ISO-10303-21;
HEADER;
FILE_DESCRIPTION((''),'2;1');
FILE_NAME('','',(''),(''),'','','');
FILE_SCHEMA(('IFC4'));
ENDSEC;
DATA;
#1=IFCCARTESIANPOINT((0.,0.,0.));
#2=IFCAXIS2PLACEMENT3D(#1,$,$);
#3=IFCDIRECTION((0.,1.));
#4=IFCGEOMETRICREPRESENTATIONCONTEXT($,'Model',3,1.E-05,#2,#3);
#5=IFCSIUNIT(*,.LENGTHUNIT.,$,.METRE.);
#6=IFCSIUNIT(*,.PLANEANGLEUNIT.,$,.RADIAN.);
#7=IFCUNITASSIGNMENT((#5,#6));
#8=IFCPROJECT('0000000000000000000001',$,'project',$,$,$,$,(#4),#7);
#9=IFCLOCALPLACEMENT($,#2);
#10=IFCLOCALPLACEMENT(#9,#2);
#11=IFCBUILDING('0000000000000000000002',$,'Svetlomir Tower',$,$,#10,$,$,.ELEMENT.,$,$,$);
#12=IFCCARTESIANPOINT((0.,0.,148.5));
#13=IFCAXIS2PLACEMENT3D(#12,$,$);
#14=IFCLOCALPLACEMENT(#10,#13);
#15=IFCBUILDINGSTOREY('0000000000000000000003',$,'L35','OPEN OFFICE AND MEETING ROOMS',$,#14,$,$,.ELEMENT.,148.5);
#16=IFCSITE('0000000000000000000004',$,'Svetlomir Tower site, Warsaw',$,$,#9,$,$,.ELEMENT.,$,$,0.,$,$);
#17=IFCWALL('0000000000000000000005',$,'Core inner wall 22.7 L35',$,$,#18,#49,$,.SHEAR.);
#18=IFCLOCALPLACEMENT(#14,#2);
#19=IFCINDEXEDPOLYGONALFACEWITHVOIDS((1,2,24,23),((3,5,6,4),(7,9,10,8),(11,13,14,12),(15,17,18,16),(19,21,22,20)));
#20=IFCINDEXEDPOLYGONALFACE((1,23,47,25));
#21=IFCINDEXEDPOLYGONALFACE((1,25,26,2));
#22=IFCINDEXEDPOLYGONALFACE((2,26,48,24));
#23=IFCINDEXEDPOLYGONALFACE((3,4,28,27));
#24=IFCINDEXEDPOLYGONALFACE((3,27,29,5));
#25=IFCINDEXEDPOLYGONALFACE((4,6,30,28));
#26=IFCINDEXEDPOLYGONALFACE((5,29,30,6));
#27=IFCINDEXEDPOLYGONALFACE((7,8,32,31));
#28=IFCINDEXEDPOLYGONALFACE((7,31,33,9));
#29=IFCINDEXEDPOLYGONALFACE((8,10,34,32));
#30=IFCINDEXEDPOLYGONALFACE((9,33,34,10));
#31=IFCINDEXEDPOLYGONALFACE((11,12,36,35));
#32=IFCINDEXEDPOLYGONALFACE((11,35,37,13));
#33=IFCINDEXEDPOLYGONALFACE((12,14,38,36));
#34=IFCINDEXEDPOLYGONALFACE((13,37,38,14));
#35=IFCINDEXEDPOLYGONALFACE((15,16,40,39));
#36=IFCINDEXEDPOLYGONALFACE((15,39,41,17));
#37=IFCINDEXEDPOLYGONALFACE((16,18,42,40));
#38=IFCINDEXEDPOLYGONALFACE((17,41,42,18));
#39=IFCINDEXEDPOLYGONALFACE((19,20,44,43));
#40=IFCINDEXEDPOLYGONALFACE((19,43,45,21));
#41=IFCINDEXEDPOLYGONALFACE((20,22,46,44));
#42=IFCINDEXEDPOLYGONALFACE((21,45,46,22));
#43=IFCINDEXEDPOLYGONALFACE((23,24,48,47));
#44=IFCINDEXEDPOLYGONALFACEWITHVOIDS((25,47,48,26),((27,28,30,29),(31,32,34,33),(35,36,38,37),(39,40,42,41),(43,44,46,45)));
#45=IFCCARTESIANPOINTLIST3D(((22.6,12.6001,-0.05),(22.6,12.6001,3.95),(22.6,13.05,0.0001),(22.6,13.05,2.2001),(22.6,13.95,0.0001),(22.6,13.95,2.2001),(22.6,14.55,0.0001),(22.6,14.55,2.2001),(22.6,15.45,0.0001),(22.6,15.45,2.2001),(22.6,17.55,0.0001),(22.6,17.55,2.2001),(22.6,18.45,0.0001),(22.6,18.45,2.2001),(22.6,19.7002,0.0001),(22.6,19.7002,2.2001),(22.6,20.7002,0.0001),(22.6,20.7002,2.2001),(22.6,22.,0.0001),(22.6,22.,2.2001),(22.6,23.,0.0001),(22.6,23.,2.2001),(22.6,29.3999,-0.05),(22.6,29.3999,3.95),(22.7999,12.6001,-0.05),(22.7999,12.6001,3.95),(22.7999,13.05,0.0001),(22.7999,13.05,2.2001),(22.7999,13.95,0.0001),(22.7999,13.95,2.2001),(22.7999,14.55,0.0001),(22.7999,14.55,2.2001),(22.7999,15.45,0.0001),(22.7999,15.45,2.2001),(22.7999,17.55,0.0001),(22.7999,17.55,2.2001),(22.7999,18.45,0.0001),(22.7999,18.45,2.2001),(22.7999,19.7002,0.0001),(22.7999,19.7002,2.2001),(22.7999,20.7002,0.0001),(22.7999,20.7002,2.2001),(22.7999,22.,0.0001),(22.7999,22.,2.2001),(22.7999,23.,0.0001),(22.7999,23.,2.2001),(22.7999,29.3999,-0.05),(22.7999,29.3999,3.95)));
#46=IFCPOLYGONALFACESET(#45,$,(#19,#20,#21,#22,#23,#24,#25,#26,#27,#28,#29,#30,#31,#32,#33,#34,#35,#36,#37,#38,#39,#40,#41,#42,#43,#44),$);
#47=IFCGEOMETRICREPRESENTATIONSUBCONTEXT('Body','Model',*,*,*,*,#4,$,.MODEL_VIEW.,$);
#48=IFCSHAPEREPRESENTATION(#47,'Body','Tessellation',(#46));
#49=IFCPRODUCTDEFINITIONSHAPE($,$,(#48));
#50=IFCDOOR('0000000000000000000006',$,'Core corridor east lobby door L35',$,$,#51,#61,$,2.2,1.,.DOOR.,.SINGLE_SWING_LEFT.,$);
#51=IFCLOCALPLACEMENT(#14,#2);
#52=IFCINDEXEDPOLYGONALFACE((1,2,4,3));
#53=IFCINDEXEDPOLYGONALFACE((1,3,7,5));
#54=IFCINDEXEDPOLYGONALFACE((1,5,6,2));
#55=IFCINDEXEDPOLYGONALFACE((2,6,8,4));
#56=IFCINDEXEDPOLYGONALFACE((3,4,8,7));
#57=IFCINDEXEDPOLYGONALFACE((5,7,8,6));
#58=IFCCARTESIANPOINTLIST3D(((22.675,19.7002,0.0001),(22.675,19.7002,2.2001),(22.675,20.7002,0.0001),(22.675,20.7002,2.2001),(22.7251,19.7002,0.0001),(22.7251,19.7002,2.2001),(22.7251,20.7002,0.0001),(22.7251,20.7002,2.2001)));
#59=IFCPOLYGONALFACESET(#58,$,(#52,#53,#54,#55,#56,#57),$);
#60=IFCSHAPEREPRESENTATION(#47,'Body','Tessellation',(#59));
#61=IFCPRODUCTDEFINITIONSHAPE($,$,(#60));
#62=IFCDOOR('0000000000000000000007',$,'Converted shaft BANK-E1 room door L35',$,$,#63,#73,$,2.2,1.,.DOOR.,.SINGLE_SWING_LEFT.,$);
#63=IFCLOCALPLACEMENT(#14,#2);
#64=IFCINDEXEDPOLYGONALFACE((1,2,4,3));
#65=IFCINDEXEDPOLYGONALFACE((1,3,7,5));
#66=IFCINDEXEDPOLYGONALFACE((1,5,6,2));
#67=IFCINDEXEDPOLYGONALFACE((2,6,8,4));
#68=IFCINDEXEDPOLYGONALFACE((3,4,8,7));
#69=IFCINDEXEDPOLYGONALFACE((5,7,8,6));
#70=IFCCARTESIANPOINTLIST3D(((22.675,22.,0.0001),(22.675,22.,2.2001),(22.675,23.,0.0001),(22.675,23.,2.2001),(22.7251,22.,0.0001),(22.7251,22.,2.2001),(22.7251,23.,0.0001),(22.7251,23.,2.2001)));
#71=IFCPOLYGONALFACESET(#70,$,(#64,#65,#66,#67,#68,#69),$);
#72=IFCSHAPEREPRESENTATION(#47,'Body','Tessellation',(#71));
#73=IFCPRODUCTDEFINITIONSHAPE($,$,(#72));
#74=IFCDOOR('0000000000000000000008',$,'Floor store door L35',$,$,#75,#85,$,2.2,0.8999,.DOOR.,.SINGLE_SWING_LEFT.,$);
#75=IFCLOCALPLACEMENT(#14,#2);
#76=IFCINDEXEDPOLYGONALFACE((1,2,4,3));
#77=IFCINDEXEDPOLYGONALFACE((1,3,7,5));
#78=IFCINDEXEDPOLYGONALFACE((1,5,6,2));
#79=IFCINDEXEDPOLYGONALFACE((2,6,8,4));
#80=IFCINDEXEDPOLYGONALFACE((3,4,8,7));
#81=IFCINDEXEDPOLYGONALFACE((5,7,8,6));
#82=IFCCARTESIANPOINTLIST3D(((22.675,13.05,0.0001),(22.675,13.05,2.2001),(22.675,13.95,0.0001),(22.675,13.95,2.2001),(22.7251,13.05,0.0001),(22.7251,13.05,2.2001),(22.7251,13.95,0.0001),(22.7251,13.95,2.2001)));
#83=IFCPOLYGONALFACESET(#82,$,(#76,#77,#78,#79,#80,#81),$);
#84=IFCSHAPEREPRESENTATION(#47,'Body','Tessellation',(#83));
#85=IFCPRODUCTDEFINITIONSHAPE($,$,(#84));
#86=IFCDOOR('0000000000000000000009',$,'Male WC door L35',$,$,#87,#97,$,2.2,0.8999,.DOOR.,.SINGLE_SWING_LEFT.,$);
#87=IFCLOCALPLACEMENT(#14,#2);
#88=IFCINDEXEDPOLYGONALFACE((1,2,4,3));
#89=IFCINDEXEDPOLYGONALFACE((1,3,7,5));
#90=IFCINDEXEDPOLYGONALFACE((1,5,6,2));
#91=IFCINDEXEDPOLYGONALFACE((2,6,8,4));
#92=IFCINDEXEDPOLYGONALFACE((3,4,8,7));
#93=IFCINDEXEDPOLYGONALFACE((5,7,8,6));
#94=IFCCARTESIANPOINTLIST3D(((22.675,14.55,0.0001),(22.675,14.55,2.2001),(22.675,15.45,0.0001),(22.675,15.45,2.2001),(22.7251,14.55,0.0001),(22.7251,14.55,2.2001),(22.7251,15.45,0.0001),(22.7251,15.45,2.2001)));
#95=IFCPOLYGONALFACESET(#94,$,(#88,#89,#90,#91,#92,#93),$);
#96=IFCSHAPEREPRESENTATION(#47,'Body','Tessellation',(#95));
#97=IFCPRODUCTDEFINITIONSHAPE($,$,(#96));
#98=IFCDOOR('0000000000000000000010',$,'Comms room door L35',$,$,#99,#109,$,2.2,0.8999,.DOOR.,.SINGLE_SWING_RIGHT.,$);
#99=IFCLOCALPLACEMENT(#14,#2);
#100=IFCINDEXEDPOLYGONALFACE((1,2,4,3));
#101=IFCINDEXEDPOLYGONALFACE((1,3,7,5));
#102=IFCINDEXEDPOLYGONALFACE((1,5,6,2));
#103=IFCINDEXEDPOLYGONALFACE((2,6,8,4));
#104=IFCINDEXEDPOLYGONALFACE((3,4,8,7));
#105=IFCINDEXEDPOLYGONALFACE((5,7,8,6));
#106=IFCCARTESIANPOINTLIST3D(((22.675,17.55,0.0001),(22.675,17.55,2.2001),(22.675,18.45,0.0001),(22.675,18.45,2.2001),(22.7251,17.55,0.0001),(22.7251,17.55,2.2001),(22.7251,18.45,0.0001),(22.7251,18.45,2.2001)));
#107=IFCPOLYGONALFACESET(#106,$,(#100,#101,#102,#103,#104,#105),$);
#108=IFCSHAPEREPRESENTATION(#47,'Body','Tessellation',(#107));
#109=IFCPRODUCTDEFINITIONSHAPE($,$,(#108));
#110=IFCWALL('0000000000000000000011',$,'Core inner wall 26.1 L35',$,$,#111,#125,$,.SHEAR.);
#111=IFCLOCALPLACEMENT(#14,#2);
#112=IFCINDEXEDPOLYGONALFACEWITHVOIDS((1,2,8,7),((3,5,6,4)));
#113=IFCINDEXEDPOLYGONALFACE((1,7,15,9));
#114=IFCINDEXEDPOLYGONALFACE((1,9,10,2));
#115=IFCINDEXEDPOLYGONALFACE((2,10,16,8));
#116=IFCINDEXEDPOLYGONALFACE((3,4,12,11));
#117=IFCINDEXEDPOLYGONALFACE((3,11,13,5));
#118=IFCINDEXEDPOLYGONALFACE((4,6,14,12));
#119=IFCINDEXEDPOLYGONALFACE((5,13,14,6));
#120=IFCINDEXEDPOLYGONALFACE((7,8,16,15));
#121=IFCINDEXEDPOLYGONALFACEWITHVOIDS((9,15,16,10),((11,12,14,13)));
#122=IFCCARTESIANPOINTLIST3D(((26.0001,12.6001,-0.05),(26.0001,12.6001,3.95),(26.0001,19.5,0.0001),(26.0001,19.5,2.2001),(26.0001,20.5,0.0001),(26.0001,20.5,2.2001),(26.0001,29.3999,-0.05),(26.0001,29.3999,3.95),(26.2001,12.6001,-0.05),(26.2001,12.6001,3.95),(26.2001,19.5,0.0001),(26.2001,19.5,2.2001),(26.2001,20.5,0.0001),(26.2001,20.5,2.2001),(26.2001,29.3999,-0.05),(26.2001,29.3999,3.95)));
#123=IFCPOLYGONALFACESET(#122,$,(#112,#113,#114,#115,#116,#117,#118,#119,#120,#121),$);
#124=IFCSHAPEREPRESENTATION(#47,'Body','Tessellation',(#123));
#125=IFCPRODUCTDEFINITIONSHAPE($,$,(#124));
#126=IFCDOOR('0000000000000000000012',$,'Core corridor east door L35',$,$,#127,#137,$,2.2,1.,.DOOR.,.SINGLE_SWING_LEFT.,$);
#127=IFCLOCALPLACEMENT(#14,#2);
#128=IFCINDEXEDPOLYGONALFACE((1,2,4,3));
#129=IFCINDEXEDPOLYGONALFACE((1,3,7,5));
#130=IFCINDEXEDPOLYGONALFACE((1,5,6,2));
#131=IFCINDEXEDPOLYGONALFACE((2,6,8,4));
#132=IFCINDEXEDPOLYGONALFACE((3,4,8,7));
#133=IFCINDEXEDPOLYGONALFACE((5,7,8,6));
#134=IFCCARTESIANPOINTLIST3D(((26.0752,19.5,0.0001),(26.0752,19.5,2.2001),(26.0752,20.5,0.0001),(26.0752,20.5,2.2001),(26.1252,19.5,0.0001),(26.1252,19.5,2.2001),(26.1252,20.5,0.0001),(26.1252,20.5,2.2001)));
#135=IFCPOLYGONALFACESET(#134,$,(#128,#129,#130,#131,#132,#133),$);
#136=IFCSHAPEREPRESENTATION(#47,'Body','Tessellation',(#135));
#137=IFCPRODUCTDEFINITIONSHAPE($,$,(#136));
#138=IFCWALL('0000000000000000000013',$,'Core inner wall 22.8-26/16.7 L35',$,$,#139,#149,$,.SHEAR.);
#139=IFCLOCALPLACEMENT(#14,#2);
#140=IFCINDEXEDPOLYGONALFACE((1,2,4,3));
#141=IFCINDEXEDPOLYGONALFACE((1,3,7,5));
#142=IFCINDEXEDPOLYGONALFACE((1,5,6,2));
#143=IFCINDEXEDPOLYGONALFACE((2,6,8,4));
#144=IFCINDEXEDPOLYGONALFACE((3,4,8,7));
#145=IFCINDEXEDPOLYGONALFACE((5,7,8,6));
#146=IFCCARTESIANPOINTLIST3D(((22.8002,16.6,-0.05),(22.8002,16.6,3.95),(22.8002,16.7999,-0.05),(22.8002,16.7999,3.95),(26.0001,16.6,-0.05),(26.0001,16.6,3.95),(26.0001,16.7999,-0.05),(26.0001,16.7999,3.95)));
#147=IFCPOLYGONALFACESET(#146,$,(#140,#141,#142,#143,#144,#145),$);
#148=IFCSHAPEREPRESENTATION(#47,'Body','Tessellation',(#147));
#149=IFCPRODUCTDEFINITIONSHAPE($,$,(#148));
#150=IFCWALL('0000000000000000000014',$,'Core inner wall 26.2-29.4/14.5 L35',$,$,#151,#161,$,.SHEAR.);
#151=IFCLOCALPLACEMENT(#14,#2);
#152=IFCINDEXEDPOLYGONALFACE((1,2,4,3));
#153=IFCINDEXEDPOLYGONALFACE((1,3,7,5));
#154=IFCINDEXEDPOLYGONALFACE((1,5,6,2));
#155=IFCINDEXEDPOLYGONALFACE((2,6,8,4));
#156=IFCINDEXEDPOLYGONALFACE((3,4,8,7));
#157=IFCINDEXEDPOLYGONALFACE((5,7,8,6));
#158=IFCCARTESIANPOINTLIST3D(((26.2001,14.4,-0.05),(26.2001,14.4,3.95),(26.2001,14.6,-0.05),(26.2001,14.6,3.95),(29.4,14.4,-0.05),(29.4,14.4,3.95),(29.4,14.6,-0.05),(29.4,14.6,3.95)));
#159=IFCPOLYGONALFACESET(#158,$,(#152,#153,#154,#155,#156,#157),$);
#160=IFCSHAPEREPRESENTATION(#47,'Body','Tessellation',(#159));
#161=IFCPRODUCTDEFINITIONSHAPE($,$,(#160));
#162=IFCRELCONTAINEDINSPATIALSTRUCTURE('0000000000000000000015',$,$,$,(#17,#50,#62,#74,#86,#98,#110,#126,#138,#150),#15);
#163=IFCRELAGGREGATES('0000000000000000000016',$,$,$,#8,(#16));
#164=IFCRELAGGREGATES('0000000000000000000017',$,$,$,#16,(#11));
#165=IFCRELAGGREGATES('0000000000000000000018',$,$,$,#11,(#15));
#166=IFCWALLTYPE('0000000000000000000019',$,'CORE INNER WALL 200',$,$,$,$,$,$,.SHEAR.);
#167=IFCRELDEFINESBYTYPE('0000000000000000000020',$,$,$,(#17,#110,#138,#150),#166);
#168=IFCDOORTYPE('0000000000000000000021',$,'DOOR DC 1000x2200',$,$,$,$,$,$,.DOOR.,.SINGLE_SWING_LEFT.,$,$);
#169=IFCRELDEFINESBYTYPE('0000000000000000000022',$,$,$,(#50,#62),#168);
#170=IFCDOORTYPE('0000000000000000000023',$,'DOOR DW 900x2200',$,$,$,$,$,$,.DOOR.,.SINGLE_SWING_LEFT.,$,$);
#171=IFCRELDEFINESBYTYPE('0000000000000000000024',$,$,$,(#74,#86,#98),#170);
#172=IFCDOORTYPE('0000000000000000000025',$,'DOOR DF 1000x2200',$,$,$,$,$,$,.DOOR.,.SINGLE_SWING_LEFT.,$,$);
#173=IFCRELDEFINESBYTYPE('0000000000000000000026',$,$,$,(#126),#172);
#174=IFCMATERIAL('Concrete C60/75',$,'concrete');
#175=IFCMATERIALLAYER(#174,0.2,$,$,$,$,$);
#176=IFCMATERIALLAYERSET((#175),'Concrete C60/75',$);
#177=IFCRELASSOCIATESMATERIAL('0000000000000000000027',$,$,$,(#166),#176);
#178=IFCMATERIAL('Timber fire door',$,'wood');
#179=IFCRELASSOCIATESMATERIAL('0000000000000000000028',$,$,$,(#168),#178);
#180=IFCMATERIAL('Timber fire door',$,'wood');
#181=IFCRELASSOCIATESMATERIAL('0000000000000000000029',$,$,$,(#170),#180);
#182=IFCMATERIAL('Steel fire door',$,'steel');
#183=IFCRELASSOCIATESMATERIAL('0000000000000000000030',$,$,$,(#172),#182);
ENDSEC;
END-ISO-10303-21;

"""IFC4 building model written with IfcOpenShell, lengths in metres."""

from ifc_helpers import new_model, si_unit, direction, frame, frame_2d, origin, place, context, subcontext, project, spatial, rectangle, extrude, material, layer, layer_set, type_object, element, fill, save


model = new_model("IFC4")

# Units and contexts
model_context = context("Model", 3, precision=1e-05, world=origin(), true_north=direction((0.0, 1.0)))
body_context = subcontext(model_context, "Body", "Model", "MODEL_VIEW")
ifc_project = project(units=[si_unit("LENGTHUNIT", "METRE"), si_unit("PLANEANGLEUNIT", "RADIAN")], contexts=[model_context])

# Site, building, storey
site_placement = place(None, origin())
site = spatial("IfcSite", under=ifc_project, at=site_placement, Name="Svetlomir Tower site, Warsaw", CompositionType="ELEMENT", RefElevation=0.0)
building_placement = place(site_placement, origin())
building = spatial("IfcBuilding", under=site, at=building_placement, Name="Svetlomir Tower", CompositionType="ELEMENT")
storey_placement = place(building_placement, frame((0.0, 0.0, 148.5)))
storey = spatial("IfcBuildingStorey", under=building, at=storey_placement, Name="L35", Description="OPEN OFFICE AND MEETING ROOMS", CompositionType="ELEMENT", Elevation=148.5)

# Wall, openings, doors
ifc_material_1 = material(Name="Concrete C60/75", Category="concrete")
ifc_layer_1 = layer(ifc_material_1, 0.2)
ifc_layer_set_1 = layer_set([ifc_layer_1], Name="Concrete C60/75")
wall_type_1 = type_object("IfcWallType", Name="CORE INNER WALL 200", PredefinedType="SHEAR", material=ifc_layer_set_1)
wall_1_placement = place(storey_placement, frame((22.7, 12.6001, -0.05), z_axis=(0.0, 0.0, 1.0), x_axis=(0.0, 1.0, 0.0)))
wall_1 = element("IfcWall", 1, at=wall_1_placement, inside=storey, type_object=wall_type_1, Name="Core inner wall 22.7 L35", PredefinedType="SHEAR", context=body_context, shape_type="SweptSolid", body=[
    extrude(rectangle(XDim=16.7998, YDim=0.2, at=frame_2d((8.3999, 0.0))), origin(), (0.0, 0.0, 1.0), 4.0),
])
opening_1_placement = place(wall_1_placement, frame((0.45, 0.0, 0.05)))
opening_1 = element("IfcOpeningElement", 2, at=opening_1_placement, cuts=wall_1, PredefinedType="OPENING", context=body_context, shape_type="SweptSolid", body=[
    extrude(rectangle(XDim=0.8999, YDim=2.2, at=frame_2d((0.45, 1.1001))), frame((0.0, 0.1099, 0.0), z_axis=(0.0, -1.0, 0.0), x_axis=(1.0, 0.0, 0.0)), (0.0, 0.0, 1.0), 0.22),
])
opening_2_placement = place(wall_1_placement, frame((7.1001, 0.0, 0.05)))
opening_2 = element("IfcOpeningElement", 3, at=opening_2_placement, cuts=wall_1, PredefinedType="OPENING", context=body_context, shape_type="SweptSolid", body=[
    extrude(rectangle(XDim=1.0, YDim=2.2, at=frame_2d((0.5, 1.1001))), frame((0.0, 0.1099, 0.0), z_axis=(0.0, -1.0, 0.0), x_axis=(1.0, 0.0, 0.0)), (0.0, 0.0, 1.0), 0.22),
])
opening_3_placement = place(wall_1_placement, frame((1.95, 0.0, 0.05)))
opening_3 = element("IfcOpeningElement", 4, at=opening_3_placement, cuts=wall_1, PredefinedType="OPENING", context=body_context, shape_type="SweptSolid", body=[
    extrude(rectangle(XDim=0.8999, YDim=2.2, at=frame_2d((0.45, 1.1001))), frame((0.0, 0.1099, 0.0), z_axis=(0.0, -1.0, 0.0), x_axis=(1.0, 0.0, 0.0)), (0.0, 0.0, 1.0), 0.22),
])
opening_4_placement = place(wall_1_placement, frame((4.95, 0.0, 0.05)))
opening_4 = element("IfcOpeningElement", 5, at=opening_4_placement, cuts=wall_1, PredefinedType="OPENING", context=body_context, shape_type="SweptSolid", body=[
    extrude(rectangle(XDim=0.8999, YDim=2.2, at=frame_2d((0.45, 1.1001))), frame((0.0, 0.1099, 0.0), z_axis=(0.0, -1.0, 0.0), x_axis=(1.0, 0.0, 0.0)), (0.0, 0.0, 1.0), 0.22),
])
opening_5_placement = place(wall_1_placement, frame((9.3999, 0.0, 0.05)))
opening_5 = element("IfcOpeningElement", 6, at=opening_5_placement, cuts=wall_1, PredefinedType="OPENING", context=body_context, shape_type="SweptSolid", body=[
    extrude(rectangle(XDim=1.0, YDim=2.2, at=frame_2d((0.5, 1.1001))), frame((0.0, 0.1099, 0.0), z_axis=(0.0, -1.0, 0.0), x_axis=(1.0, 0.0, 0.0)), (0.0, 0.0, 1.0), 0.22),
])
ifc_material_2 = material(Name="Timber fire door", Category="wood")
door_type_1 = type_object("IfcDoorType", Name="DOOR DC 1000x2200", OperationType="SINGLE_SWING_LEFT", PredefinedType="DOOR", material=ifc_material_2)
door_1_placement = place(opening_2_placement, origin())
door_1 = element("IfcDoor", 7, at=door_1_placement, inside=storey, type_object=door_type_1, Name="Core corridor east lobby door L35", OperationType="SINGLE_SWING_LEFT", OverallHeight=2.2, OverallWidth=1.0, PredefinedType="DOOR", context=body_context, shape_type="SweptSolid", body=[
    extrude(rectangle(XDim=1.0, YDim=2.2, at=frame_2d((0.5, 1.1001))), frame((0.0, 0.0249, 0.0), z_axis=(0.0, -1.0, 0.0), x_axis=(1.0, 0.0, 0.0)), (0.0, 0.0, 1.0), 0.05),
])
fill(opening_2, door_1)
door_2_placement = place(opening_5_placement, origin())
door_2 = element("IfcDoor", 8, at=door_2_placement, inside=storey, type_object=door_type_1, Name="Converted shaft BANK-E1 room door L35", OperationType="SINGLE_SWING_LEFT", OverallHeight=2.2, OverallWidth=1.0, PredefinedType="DOOR", context=body_context, shape_type="SweptSolid", body=[
    extrude(rectangle(XDim=1.0, YDim=2.2, at=frame_2d((0.5, 1.1001))), frame((0.0, 0.0249, 0.0), z_axis=(0.0, -1.0, 0.0), x_axis=(1.0, 0.0, 0.0)), (0.0, 0.0, 1.0), 0.05),
])
fill(opening_5, door_2)
ifc_material_3 = material(Name="Timber fire door", Category="wood")
door_type_2 = type_object("IfcDoorType", Name="DOOR DW 900x2200", OperationType="SINGLE_SWING_LEFT", PredefinedType="DOOR", material=ifc_material_3)
door_3_placement = place(opening_1_placement, origin())
door_3 = element("IfcDoor", 9, at=door_3_placement, inside=storey, type_object=door_type_2, Name="Floor store door L35", OperationType="SINGLE_SWING_LEFT", OverallHeight=2.2, OverallWidth=0.8999, PredefinedType="DOOR", context=body_context, shape_type="SweptSolid", body=[
    extrude(rectangle(XDim=0.8999, YDim=2.2, at=frame_2d((0.45, 1.1001))), frame((0.0, 0.0249, 0.0), z_axis=(0.0, -1.0, 0.0), x_axis=(1.0, 0.0, 0.0)), (0.0, 0.0, 1.0), 0.05),
])
fill(opening_1, door_3)
door_4_placement = place(opening_3_placement, origin())
door_4 = element("IfcDoor", 10, at=door_4_placement, inside=storey, type_object=door_type_2, Name="Male WC door L35", OperationType="SINGLE_SWING_LEFT", OverallHeight=2.2, OverallWidth=0.8999, PredefinedType="DOOR", context=body_context, shape_type="SweptSolid", body=[
    extrude(rectangle(XDim=0.8999, YDim=2.2, at=frame_2d((0.45, 1.1001))), frame((0.0, 0.0249, 0.0), z_axis=(0.0, -1.0, 0.0), x_axis=(1.0, 0.0, 0.0)), (0.0, 0.0, 1.0), 0.05),
])
fill(opening_3, door_4)
door_5_placement = place(opening_4_placement, origin())
door_5 = element("IfcDoor", 11, at=door_5_placement, inside=storey, type_object=door_type_2, Name="Comms room door L35", OperationType="SINGLE_SWING_RIGHT", OverallHeight=2.2, OverallWidth=0.8999, PredefinedType="DOOR", context=body_context, shape_type="SweptSolid", body=[
    extrude(rectangle(XDim=0.8999, YDim=2.2, at=frame_2d((0.45, 1.1001))), frame((0.0, 0.0249, 0.0), z_axis=(0.0, -1.0, 0.0), x_axis=(1.0, 0.0, 0.0)), (0.0, 0.0, 1.0), 0.05),
])
fill(opening_4, door_5)

# Wall, opening, door
wall_2_placement = place(storey_placement, frame((26.1001, 12.6001, -0.05), z_axis=(0.0, 0.0, 1.0), x_axis=(0.0, 1.0, 0.0)))
wall_2 = element("IfcWall", 12, at=wall_2_placement, inside=storey, type_object=wall_type_1, Name="Core inner wall 26.1 L35", PredefinedType="SHEAR", context=body_context, shape_type="SweptSolid", body=[
    extrude(rectangle(XDim=16.7998, YDim=0.2, at=frame_2d((8.3999, 0.0))), origin(), (0.0, 0.0, 1.0), 4.0),
])
opening_6_placement = place(wall_2_placement, frame((6.8999, 0.0, 0.05)))
opening_6 = element("IfcOpeningElement", 13, at=opening_6_placement, cuts=wall_2, PredefinedType="OPENING", context=body_context, shape_type="SweptSolid", body=[
    extrude(rectangle(XDim=1.0, YDim=2.2, at=frame_2d((0.5, 1.1001))), frame((0.0, 0.1099, 0.0), z_axis=(0.0, -1.0, 0.0), x_axis=(1.0, 0.0, 0.0)), (0.0, 0.0, 1.0), 0.22),
])
ifc_material_4 = material(Name="Steel fire door", Category="steel")
door_type_3 = type_object("IfcDoorType", Name="DOOR DF 1000x2200", OperationType="SINGLE_SWING_LEFT", PredefinedType="DOOR", material=ifc_material_4)
door_6_placement = place(opening_6_placement, origin())
door_6 = element("IfcDoor", 14, at=door_6_placement, inside=storey, type_object=door_type_3, Name="Core corridor east door L35", OperationType="SINGLE_SWING_LEFT", OverallHeight=2.2, OverallWidth=1.0, PredefinedType="DOOR", context=body_context, shape_type="SweptSolid", body=[
    extrude(rectangle(XDim=1.0, YDim=2.2, at=frame_2d((0.5, 1.1001))), frame((0.0, 0.0249, 0.0), z_axis=(0.0, -1.0, 0.0), x_axis=(1.0, 0.0, 0.0)), (0.0, 0.0, 1.0), 0.05),
])
fill(opening_6, door_6)

# Walls
for number, where, z_axis, x_axis, name in (
    (15, (22.8, 16.7, -0.05), (0.0, 0.0, 1.0), (1.0, 0.0, 0.0), "Core inner wall 22.8-26/16.7 L35"),
    (16, (26.2, 14.5, -0.05), (0.0, 0.0, 1.0), (1.0, 0.0, 0.0), "Core inner wall 26.2-29.4/14.5 L35"),
):
    element("IfcWall", number, at=place(storey_placement, frame(where, z_axis=z_axis, x_axis=x_axis)), inside=storey, type_object=wall_type_1, Name=name, PredefinedType="SHEAR", context=body_context, shape_type="SweptSolid", body=[
        extrude(rectangle(XDim=3.2, YDim=0.2, at=frame_2d((1.6001, 0.0))), origin(), (0.0, 0.0, 1.0), 4.0),
    ])

save(model, "model.ifc")
